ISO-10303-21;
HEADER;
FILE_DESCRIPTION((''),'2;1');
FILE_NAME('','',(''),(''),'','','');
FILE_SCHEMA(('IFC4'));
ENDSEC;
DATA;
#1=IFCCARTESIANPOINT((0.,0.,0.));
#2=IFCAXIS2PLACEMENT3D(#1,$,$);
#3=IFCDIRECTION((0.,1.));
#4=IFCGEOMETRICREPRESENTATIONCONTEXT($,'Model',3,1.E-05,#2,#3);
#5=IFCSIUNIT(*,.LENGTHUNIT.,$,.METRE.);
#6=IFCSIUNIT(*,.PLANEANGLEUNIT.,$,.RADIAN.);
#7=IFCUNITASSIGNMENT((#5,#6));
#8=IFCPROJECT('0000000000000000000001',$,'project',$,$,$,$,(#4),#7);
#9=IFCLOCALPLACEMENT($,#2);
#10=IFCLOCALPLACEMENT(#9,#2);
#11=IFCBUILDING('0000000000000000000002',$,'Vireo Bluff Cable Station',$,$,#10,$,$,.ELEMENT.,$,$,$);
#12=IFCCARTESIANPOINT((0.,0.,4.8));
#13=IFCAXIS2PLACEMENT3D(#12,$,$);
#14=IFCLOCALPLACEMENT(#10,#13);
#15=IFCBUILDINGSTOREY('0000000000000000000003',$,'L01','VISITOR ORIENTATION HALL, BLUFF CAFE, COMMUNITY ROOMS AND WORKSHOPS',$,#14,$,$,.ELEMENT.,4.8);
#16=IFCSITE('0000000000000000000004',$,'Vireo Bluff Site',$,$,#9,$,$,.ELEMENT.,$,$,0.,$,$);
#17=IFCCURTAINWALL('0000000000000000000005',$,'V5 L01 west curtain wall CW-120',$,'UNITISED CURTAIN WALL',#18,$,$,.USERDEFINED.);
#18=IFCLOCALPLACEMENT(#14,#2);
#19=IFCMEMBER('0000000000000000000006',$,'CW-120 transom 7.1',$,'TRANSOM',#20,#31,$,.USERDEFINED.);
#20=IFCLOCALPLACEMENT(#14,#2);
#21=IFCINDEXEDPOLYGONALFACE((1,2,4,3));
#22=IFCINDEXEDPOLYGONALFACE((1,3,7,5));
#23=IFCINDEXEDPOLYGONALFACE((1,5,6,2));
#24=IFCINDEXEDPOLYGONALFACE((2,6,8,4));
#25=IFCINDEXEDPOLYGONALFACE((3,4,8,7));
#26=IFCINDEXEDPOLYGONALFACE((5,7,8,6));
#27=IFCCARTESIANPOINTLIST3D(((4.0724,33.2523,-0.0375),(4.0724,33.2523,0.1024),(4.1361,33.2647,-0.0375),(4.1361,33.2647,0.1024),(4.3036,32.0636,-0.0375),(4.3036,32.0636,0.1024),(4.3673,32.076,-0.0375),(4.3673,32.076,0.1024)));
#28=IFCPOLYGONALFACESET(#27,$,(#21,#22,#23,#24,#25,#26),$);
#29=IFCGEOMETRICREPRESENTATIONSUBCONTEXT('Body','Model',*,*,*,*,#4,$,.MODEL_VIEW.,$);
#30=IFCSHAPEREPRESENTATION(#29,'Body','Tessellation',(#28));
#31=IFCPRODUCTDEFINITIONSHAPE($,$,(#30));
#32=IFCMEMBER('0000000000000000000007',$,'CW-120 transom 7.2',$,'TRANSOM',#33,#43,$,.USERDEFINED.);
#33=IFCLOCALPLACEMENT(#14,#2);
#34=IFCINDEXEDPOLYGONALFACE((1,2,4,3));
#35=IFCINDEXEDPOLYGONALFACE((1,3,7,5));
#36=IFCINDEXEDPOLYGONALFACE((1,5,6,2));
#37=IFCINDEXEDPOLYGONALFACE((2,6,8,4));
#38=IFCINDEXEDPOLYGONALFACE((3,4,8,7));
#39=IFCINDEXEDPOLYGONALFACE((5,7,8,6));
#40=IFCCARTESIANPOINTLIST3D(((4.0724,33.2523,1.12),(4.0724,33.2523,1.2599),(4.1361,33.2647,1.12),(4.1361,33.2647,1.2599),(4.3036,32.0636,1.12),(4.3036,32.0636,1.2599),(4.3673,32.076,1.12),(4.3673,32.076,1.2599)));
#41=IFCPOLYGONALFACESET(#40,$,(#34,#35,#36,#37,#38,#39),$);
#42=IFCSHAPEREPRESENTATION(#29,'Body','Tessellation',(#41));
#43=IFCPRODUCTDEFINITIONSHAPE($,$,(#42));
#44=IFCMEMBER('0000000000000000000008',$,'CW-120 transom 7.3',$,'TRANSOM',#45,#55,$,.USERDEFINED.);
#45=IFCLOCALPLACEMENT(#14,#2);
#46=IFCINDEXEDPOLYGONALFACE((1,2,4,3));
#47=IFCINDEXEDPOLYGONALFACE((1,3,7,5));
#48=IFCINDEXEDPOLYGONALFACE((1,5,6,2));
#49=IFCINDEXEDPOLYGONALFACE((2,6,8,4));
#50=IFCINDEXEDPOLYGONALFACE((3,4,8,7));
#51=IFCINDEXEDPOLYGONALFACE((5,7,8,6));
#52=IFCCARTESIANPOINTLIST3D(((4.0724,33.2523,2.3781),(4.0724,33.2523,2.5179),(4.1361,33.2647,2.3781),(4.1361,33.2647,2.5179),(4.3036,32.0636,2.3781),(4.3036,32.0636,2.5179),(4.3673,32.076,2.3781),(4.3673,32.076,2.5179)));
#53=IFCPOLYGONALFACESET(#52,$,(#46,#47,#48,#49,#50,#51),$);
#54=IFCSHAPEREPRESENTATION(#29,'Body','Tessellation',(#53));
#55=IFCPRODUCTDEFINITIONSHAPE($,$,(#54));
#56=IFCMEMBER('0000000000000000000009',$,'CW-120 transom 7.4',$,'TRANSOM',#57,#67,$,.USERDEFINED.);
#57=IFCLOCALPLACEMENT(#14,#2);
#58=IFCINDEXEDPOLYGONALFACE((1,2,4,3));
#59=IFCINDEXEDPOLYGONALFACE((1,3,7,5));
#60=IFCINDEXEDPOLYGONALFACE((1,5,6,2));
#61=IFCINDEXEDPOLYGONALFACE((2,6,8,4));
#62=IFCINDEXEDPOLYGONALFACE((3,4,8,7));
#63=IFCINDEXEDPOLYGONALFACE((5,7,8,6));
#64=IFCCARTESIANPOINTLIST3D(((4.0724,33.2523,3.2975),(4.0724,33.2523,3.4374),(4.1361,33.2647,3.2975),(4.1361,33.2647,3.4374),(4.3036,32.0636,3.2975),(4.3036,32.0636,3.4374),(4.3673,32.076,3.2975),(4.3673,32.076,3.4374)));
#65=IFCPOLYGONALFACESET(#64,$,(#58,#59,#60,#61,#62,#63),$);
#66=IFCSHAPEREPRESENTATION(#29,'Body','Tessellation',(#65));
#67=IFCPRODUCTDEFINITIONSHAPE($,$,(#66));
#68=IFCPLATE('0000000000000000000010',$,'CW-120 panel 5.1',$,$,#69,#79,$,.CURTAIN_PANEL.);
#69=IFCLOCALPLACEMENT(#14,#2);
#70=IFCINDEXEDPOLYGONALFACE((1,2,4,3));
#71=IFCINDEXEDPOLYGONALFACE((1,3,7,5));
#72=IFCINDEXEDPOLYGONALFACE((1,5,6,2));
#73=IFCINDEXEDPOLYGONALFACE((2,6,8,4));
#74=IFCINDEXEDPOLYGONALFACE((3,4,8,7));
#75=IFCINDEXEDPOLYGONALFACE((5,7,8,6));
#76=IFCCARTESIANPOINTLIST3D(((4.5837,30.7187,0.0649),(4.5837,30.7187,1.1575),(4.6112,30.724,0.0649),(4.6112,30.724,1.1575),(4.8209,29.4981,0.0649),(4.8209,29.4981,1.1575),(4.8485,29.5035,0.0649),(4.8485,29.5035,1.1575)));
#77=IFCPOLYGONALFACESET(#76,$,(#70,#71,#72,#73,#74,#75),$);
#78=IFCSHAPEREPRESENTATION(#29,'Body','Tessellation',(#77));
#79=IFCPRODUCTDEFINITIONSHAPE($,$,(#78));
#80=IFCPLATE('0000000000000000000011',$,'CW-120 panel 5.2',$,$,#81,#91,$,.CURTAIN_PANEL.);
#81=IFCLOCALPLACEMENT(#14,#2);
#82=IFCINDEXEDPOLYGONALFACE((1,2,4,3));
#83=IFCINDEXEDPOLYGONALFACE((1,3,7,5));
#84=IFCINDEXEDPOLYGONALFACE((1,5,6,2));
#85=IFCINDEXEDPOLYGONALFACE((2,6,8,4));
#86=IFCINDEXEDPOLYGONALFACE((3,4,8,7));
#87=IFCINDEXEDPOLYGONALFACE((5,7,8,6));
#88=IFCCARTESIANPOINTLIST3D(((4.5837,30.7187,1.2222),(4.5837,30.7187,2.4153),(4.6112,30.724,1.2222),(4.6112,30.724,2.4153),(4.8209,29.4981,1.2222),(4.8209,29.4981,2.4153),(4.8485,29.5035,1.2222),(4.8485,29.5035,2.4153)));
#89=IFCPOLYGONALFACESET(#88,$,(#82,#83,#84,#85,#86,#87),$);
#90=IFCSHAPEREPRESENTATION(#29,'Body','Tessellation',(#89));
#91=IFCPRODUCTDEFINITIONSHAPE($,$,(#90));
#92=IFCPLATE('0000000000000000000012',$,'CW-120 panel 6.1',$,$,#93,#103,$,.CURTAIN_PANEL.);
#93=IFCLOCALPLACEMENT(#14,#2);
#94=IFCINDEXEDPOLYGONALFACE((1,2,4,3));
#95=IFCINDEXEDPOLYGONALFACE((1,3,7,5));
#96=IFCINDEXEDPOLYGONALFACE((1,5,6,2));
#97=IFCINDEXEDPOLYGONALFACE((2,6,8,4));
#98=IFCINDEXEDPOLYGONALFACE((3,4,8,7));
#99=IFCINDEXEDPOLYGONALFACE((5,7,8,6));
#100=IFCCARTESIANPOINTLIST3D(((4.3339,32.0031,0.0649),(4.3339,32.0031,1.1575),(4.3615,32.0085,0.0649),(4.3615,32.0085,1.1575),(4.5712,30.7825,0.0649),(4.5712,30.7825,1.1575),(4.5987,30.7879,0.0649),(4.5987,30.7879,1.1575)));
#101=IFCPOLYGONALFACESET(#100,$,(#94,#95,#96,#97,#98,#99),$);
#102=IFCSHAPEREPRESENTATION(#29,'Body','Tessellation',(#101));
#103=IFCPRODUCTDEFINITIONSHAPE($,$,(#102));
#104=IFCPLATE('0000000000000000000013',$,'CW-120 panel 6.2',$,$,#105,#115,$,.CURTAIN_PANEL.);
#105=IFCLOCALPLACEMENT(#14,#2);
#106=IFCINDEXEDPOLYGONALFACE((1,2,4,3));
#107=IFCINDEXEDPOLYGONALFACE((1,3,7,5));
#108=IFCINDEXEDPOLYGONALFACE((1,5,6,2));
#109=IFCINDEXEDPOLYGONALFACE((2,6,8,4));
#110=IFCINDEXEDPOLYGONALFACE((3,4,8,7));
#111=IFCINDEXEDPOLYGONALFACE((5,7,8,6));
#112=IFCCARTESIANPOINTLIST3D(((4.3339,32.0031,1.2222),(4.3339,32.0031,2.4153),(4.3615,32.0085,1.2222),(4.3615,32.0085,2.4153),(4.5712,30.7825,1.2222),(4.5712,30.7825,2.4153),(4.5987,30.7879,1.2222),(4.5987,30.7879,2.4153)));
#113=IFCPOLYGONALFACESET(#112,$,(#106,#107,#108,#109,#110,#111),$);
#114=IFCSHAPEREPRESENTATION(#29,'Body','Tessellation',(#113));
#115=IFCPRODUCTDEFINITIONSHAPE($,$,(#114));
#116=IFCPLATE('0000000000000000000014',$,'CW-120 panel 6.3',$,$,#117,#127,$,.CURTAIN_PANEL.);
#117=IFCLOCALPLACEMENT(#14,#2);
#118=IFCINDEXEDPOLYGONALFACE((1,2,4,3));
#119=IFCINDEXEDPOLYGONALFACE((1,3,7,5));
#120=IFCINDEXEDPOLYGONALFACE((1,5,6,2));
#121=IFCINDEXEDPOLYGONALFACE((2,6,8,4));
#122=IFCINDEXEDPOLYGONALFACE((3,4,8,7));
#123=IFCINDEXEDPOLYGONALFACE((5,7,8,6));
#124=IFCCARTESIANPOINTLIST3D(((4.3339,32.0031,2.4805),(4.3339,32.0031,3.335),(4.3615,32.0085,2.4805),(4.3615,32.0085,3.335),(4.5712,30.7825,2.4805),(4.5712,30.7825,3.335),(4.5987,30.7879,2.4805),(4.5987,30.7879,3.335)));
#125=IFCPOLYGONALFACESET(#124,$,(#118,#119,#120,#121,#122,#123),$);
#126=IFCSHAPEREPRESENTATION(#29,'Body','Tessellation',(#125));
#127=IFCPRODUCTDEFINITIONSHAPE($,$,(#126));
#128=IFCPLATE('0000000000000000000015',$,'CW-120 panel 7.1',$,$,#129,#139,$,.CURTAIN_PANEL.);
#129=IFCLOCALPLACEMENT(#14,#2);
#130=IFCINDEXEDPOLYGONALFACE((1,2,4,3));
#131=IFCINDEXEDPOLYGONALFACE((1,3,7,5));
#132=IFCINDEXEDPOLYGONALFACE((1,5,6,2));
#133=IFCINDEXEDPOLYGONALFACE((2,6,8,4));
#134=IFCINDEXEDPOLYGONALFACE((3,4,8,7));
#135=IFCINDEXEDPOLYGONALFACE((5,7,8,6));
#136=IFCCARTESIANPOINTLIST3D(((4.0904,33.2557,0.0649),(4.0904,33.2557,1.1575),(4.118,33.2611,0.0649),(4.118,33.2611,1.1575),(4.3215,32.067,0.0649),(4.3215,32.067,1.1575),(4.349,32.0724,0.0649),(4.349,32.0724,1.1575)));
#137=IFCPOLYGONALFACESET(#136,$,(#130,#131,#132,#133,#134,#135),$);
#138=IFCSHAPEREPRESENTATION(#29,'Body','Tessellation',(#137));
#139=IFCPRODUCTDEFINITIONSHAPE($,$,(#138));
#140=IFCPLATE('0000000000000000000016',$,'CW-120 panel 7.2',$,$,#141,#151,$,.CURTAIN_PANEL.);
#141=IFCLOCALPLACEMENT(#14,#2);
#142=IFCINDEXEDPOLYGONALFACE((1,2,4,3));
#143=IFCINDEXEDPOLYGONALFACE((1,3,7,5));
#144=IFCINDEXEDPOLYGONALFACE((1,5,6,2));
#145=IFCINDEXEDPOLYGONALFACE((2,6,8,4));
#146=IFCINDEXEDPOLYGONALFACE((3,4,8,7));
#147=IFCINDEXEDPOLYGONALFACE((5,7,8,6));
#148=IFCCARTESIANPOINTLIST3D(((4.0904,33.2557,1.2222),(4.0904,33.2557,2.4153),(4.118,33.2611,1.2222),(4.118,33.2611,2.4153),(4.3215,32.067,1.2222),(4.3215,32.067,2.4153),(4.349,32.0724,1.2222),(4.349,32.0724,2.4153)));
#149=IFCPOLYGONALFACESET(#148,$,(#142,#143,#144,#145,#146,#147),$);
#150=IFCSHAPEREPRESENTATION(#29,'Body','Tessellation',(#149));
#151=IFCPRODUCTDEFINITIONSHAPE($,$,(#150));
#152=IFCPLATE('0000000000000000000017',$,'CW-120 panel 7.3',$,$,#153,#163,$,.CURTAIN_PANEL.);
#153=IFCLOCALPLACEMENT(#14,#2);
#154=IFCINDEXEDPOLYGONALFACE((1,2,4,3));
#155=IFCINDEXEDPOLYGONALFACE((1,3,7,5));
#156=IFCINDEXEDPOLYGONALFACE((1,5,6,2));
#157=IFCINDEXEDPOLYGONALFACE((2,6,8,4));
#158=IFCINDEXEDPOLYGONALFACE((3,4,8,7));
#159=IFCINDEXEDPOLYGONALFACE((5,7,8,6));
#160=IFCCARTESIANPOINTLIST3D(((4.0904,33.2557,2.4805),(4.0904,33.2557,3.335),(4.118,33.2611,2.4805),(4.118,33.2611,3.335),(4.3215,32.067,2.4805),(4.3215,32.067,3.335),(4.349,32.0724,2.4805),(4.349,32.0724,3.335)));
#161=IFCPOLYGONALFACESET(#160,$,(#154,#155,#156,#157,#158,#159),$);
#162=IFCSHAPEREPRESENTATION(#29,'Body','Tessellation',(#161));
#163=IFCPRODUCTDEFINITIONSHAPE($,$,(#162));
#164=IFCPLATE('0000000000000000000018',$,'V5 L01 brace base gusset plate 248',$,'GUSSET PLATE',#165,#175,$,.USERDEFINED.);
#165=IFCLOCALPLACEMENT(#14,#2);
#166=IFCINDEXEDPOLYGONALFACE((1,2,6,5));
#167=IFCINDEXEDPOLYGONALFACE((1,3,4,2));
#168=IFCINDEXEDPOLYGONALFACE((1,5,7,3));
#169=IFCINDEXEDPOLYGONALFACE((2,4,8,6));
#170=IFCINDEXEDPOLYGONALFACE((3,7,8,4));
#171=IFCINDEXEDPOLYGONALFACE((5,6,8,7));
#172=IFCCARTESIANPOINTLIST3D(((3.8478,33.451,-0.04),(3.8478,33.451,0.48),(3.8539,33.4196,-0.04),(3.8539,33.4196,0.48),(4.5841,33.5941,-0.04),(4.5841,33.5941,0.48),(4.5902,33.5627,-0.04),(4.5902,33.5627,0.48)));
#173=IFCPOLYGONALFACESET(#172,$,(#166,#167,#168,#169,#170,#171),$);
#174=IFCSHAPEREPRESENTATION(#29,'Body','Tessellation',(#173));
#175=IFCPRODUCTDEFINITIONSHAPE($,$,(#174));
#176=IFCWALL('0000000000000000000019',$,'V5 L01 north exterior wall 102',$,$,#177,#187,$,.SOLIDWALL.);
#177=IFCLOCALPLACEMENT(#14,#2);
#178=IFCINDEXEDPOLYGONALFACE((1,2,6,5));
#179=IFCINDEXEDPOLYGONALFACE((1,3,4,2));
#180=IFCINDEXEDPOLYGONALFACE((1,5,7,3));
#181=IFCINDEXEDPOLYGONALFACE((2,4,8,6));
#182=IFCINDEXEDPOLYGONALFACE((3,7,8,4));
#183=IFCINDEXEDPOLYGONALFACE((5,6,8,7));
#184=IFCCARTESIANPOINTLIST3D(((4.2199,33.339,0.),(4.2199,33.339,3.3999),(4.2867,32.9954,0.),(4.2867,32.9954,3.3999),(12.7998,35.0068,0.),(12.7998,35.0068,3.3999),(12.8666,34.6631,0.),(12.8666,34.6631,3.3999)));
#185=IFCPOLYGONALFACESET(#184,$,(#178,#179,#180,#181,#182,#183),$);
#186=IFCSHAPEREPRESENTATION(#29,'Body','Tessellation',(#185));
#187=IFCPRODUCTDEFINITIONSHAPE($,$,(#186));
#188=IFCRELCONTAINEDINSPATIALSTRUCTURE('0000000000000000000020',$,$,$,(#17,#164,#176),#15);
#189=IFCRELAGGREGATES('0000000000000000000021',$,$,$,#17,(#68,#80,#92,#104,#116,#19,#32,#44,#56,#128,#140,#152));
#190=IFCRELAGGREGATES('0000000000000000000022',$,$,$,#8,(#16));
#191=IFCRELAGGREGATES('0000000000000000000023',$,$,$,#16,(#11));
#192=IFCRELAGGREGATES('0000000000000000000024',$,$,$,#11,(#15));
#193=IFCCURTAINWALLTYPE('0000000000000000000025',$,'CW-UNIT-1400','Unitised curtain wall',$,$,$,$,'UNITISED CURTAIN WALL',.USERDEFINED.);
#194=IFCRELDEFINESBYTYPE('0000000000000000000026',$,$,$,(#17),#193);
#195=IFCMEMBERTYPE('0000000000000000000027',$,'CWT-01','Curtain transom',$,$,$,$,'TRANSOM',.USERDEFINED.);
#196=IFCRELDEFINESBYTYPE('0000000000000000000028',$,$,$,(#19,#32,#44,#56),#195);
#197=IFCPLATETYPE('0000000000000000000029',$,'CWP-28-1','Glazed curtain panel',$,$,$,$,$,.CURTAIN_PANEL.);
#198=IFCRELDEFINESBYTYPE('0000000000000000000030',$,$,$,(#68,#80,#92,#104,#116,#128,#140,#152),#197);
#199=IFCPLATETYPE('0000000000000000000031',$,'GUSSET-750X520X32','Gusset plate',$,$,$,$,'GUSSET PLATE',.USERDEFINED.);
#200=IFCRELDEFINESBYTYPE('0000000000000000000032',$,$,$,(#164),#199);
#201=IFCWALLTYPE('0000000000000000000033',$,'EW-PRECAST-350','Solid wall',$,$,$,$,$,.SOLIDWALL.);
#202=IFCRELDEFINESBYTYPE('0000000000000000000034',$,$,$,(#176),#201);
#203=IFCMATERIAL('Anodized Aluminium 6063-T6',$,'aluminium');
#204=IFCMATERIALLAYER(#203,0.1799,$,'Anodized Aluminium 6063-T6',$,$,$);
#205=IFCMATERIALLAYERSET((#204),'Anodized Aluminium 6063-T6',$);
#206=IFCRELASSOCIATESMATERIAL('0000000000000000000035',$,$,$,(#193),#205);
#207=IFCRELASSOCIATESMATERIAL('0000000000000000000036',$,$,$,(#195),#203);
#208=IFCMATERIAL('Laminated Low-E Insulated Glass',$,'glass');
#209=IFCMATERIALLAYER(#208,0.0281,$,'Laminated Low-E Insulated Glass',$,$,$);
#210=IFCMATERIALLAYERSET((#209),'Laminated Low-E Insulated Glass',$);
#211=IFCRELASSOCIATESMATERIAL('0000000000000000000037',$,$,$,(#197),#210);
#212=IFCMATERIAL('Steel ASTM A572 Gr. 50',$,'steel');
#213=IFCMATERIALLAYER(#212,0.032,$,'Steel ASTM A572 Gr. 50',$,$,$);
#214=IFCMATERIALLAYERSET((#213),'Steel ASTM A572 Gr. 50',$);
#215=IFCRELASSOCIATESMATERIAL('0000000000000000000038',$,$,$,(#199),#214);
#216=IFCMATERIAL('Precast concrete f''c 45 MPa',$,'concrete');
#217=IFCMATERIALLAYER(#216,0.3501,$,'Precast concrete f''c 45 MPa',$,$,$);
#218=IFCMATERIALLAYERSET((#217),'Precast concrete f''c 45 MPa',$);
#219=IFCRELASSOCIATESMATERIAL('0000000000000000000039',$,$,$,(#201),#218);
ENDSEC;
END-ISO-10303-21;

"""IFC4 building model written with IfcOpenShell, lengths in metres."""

from ifc_helpers import new_model, si_unit, direction, frame, frame_2d, origin, origin_2d, place, context, subcontext, project, spatial, rectangle, extrude, material, layer, layer_set, material_profile, profile_set, type_object, element, aggregate, save


model = new_model("IFC4")

# Units and contexts
model_context = context("Model", 3, precision=1e-05, world=origin(), true_north=direction((0.0, 1.0)))
body_context = subcontext(model_context, "Body", "Model", "MODEL_VIEW")
ifc_project = project(units=[si_unit("LENGTHUNIT", "METRE"), si_unit("PLANEANGLEUNIT", "RADIAN")], contexts=[model_context])

# Site, building, storey
site_placement = place(None, origin())
site = spatial("IfcSite", under=ifc_project, at=site_placement, Name="Vireo Bluff Site", CompositionType="ELEMENT", RefElevation=0.0)
building_placement = place(site_placement, origin())
building = spatial("IfcBuilding", under=site, at=building_placement, Name="Vireo Bluff Cable Station", CompositionType="ELEMENT")
storey_placement = place(building_placement, frame((0.0, 0.0, 4.8)))
storey = spatial("IfcBuildingStorey", under=building, at=storey_placement, Name="L01", Description="VISITOR ORIENTATION HALL, BLUFF CAFE, COMMUNITY ROOMS AND WORKSHOPS", CompositionType="ELEMENT", Elevation=4.8)

# Curtain wall, members, plates
ifc_material_1 = material(Name="Anodized Aluminium 6063-T6", Category="aluminium")
ifc_layer_1 = layer(ifc_material_1, 0.1799, Name="Anodized Aluminium 6063-T6")
ifc_layer_set_1 = layer_set([ifc_layer_1], Name="Anodized Aluminium 6063-T6")
curtain_wall_type = type_object("IfcCurtainWallType", Name="CW-UNIT-1400", Description="Unitised curtain wall", ElementType="UNITISED CURTAIN WALL", PredefinedType="USERDEFINED", material=ifc_layer_set_1)
curtain_wall_placement = place(storey_placement, origin())
curtain_wall = element("IfcCurtainWall", 1, at=curtain_wall_placement, inside=storey, type_object=curtain_wall_type, Name="V5 L01 west curtain wall CW-120", ObjectType="UNITISED CURTAIN WALL", PredefinedType="USERDEFINED")
ifc_material_profile_1 = material_profile(ifc_material_1, rectangle(XDim=0.0649, YDim=0.1399, at=origin_2d()), Name="ALU-T-65X140")
ifc_profile_set_1 = profile_set([ifc_material_profile_1], Name="Anodized Aluminium 6063-T6")
member_type_1 = type_object("IfcMemberType", Name="CWT-01", Description="Curtain transom", ElementType="TRANSOM", PredefinedType="USERDEFINED", material=ifc_profile_set_1)
member_1_placement = place(storey_placement, frame((4.3354, 32.0698, 0.0325), z_axis=(-0.190918, 0.981606, 0.0), x_axis=(-0.981606, -0.190918, 0.0)))
member_1 = element("IfcMember", 2, at=member_1_placement, type_object=member_type_1, Name="CW-120 transom 7.1", ObjectType="TRANSOM", PredefinedType="USERDEFINED", context=body_context, shape_type="SweptSolid", body=[
    extrude(rectangle(XDim=0.0649, YDim=0.1399, at=origin_2d()), origin(), (0.0, 0.0, 1.0), 1.2109),
])
member_2_placement = place(storey_placement, frame((4.3354, 32.0698, 1.1899), z_axis=(-0.190918, 0.981606, 0.0), x_axis=(-0.981606, -0.190918, 0.0)))
member_2 = element("IfcMember", 3, at=member_2_placement, type_object=member_type_1, Name="CW-120 transom 7.2", ObjectType="TRANSOM", PredefinedType="USERDEFINED", context=body_context, shape_type="SweptSolid", body=[
    extrude(rectangle(XDim=0.0649, YDim=0.1399, at=origin_2d()), origin(), (0.0, 0.0, 1.0), 1.2109),
])
member_3_placement = place(storey_placement, frame((4.3354, 32.0698, 2.448), z_axis=(-0.190918, 0.981606, 0.0), x_axis=(-0.981606, -0.190918, 0.0)))
member_3 = element("IfcMember", 4, at=member_3_placement, type_object=member_type_1, Name="CW-120 transom 7.3", ObjectType="TRANSOM", PredefinedType="USERDEFINED", context=body_context, shape_type="SweptSolid", body=[
    extrude(rectangle(XDim=0.0649, YDim=0.1399, at=origin_2d()), origin(), (0.0, 0.0, 1.0), 1.2109),
])
member_4_placement = place(storey_placement, frame((4.3354, 32.0698, 3.3674), z_axis=(-0.190918, 0.981606, 0.0), x_axis=(-0.981606, -0.190918, 0.0)))
member_4 = element("IfcMember", 5, at=member_4_placement, type_object=member_type_1, Name="CW-120 transom 7.4", ObjectType="TRANSOM", PredefinedType="USERDEFINED", context=body_context, shape_type="SweptSolid", body=[
    extrude(rectangle(XDim=0.0649, YDim=0.1399, at=origin_2d()), origin(), (0.0, 0.0, 1.0), 1.2109),
])
ifc_material_2 = material(Name="Laminated Low-E Insulated Glass", Category="glass")
ifc_layer_2 = layer(ifc_material_2, 0.0281, Name="Laminated Low-E Insulated Glass")
ifc_layer_set_2 = layer_set([ifc_layer_2], Name="Laminated Low-E Insulated Glass")
plate_type_1 = type_object("IfcPlateType", Name="CWP-28-1", Description="Glazed curtain panel", PredefinedType="CURTAIN_PANEL", material=ifc_layer_set_2)
plate_1_placement = place(storey_placement, frame((4.7161, 30.1111, 0.0649), z_axis=(0.0, 0.0, 1.0), x_axis=(-0.190809, 0.981627, 0.0)))
plate_1 = element("IfcPlate", 6, at=plate_1_placement, type_object=plate_type_1, Name="CW-120 panel 5.1", PredefinedType="CURTAIN_PANEL", context=body_context, shape_type="SweptSolid", body=[
    extrude(rectangle(XDim=1.2434, YDim=0.0281, at=origin_2d()), origin(), (0.0, 0.0, 1.0), 1.0925),
])
plate_2_placement = place(storey_placement, frame((4.7161, 30.1111, 1.2222), z_axis=(0.0, 0.0, 1.0), x_axis=(-0.190809, 0.981627, 0.0)))
plate_2 = element("IfcPlate", 7, at=plate_2_placement, type_object=plate_type_1, Name="CW-120 panel 5.2", PredefinedType="CURTAIN_PANEL", context=body_context, shape_type="SweptSolid", body=[
    extrude(rectangle(XDim=1.2434, YDim=0.0281, at=origin_2d()), origin(), (0.0, 0.0, 1.0), 1.1931),
])
plate_3_placement = place(storey_placement, frame((4.4663, 31.3955, 0.0649), z_axis=(0.0, 0.0, 1.0), x_axis=(-0.190809, 0.981627, 0.0)))
plate_3 = element("IfcPlate", 8, at=plate_3_placement, type_object=plate_type_1, Name="CW-120 panel 6.1", PredefinedType="CURTAIN_PANEL", context=body_context, shape_type="SweptSolid", body=[
    extrude(rectangle(XDim=1.2434, YDim=0.0281, at=origin_2d()), origin(), (0.0, 0.0, 1.0), 1.0925),
])
plate_4_placement = place(storey_placement, frame((4.4663, 31.3955, 1.2222), z_axis=(0.0, 0.0, 1.0), x_axis=(-0.190809, 0.981627, 0.0)))
plate_4 = element("IfcPlate", 9, at=plate_4_placement, type_object=plate_type_1, Name="CW-120 panel 6.2", PredefinedType="CURTAIN_PANEL", context=body_context, shape_type="SweptSolid", body=[
    extrude(rectangle(XDim=1.2434, YDim=0.0281, at=origin_2d()), origin(), (0.0, 0.0, 1.0), 1.1931),
])
plate_5_placement = place(storey_placement, frame((4.4663, 31.3955, 2.4805), z_axis=(0.0, 0.0, 1.0), x_axis=(-0.190809, 0.981627, 0.0)))
plate_5 = element("IfcPlate", 10, at=plate_5_placement, type_object=plate_type_1, Name="CW-120 panel 6.3", PredefinedType="CURTAIN_PANEL", context=body_context, shape_type="SweptSolid", body=[
    extrude(rectangle(XDim=1.2434, YDim=0.0281, at=origin_2d()), origin(), (0.0, 0.0, 1.0), 0.8545),
])
plate_6_placement = place(storey_placement, frame((4.2197, 32.6641, 0.0649), z_axis=(0.0, 0.0, 1.0), x_axis=(-0.190809, 0.981627, 0.0)))
plate_6 = element("IfcPlate", 11, at=plate_6_placement, type_object=plate_type_1, Name="CW-120 panel 7.1", PredefinedType="CURTAIN_PANEL", context=body_context, shape_type="SweptSolid", body=[
    extrude(rectangle(XDim=1.2109, YDim=0.0281, at=origin_2d()), origin(), (0.0, 0.0, 1.0), 1.0925),
])
plate_7_placement = place(storey_placement, frame((4.2197, 32.6641, 1.2222), z_axis=(0.0, 0.0, 1.0), x_axis=(-0.190809, 0.981627, 0.0)))
plate_7 = element("IfcPlate", 12, at=plate_7_placement, type_object=plate_type_1, Name="CW-120 panel 7.2", PredefinedType="CURTAIN_PANEL", context=body_context, shape_type="SweptSolid", body=[
    extrude(rectangle(XDim=1.2109, YDim=0.0281, at=origin_2d()), origin(), (0.0, 0.0, 1.0), 1.1931),
])
plate_8_placement = place(storey_placement, frame((4.2197, 32.6641, 2.4805), z_axis=(0.0, 0.0, 1.0), x_axis=(-0.190809, 0.981627, 0.0)))
plate_8 = element("IfcPlate", 13, at=plate_8_placement, type_object=plate_type_1, Name="CW-120 panel 7.3", PredefinedType="CURTAIN_PANEL", context=body_context, shape_type="SweptSolid", body=[
    extrude(rectangle(XDim=1.2109, YDim=0.0281, at=origin_2d()), origin(), (0.0, 0.0, 1.0), 0.8545),
])
aggregate(curtain_wall, [plate_1, plate_2, plate_3, plate_4, plate_5, member_1, member_2, member_3, member_4, plate_6, plate_7, plate_8])

# Plate
ifc_material_3 = material(Name="Steel ASTM A572 Gr. 50", Category="steel")
ifc_layer_3 = layer(ifc_material_3, 0.032, Name="Steel ASTM A572 Gr. 50")
ifc_layer_set_3 = layer_set([ifc_layer_3], Name="Steel ASTM A572 Gr. 50")
plate_type_2 = type_object("IfcPlateType", Name="GUSSET-750X520X32", Description="Gusset plate", ElementType="GUSSET PLATE", PredefinedType="USERDEFINED", material=ifc_layer_set_3)
plate_9_placement = place(storey_placement, frame((4.219, 33.5068, -0.04), z_axis=(0.0, 0.0, 1.0), x_axis=(0.981627, 0.190809, 0.0)))
element("IfcPlate", 14, at=plate_9_placement, inside=storey, type_object=plate_type_2, Name="V5 L01 brace base gusset plate 248", ObjectType="GUSSET PLATE", PredefinedType="USERDEFINED", context=body_context, shape_type="SweptSolid", body=[
    extrude(rectangle(XDim=0.75, YDim=0.032, at=origin_2d()), origin(), (0.0, 0.0, 1.0), 0.52),
])

# Wall
ifc_material_4 = material(Name="Precast concrete f'c 45 MPa", Category="concrete")
ifc_layer_4 = layer(ifc_material_4, 0.3501, Name="Precast concrete f'c 45 MPa")
ifc_layer_set_4 = layer_set([ifc_layer_4], Name="Precast concrete f'c 45 MPa")
wall_type = type_object("IfcWallType", Name="EW-PRECAST-350", Description="Solid wall", PredefinedType="SOLIDWALL", material=ifc_layer_set_4)
wall_placement = place(storey_placement, frame((4.2534, 33.1672, 0.0), z_axis=(0.0, 0.0, 1.0), x_axis=(0.981628, 0.190806, 0.0)))
element("IfcWall", 15, at=wall_placement, inside=storey, type_object=wall_type, Name="V5 L01 north exterior wall 102", PredefinedType="SOLIDWALL", context=body_context, shape_type="SweptSolid", body=[
    extrude(rectangle(XDim=8.7405, YDim=0.3501, at=frame_2d((4.3701, 0.0))), origin(), (0.0, 0.0, 1.0), 3.3999),
])

save(model, "model.ifc")
